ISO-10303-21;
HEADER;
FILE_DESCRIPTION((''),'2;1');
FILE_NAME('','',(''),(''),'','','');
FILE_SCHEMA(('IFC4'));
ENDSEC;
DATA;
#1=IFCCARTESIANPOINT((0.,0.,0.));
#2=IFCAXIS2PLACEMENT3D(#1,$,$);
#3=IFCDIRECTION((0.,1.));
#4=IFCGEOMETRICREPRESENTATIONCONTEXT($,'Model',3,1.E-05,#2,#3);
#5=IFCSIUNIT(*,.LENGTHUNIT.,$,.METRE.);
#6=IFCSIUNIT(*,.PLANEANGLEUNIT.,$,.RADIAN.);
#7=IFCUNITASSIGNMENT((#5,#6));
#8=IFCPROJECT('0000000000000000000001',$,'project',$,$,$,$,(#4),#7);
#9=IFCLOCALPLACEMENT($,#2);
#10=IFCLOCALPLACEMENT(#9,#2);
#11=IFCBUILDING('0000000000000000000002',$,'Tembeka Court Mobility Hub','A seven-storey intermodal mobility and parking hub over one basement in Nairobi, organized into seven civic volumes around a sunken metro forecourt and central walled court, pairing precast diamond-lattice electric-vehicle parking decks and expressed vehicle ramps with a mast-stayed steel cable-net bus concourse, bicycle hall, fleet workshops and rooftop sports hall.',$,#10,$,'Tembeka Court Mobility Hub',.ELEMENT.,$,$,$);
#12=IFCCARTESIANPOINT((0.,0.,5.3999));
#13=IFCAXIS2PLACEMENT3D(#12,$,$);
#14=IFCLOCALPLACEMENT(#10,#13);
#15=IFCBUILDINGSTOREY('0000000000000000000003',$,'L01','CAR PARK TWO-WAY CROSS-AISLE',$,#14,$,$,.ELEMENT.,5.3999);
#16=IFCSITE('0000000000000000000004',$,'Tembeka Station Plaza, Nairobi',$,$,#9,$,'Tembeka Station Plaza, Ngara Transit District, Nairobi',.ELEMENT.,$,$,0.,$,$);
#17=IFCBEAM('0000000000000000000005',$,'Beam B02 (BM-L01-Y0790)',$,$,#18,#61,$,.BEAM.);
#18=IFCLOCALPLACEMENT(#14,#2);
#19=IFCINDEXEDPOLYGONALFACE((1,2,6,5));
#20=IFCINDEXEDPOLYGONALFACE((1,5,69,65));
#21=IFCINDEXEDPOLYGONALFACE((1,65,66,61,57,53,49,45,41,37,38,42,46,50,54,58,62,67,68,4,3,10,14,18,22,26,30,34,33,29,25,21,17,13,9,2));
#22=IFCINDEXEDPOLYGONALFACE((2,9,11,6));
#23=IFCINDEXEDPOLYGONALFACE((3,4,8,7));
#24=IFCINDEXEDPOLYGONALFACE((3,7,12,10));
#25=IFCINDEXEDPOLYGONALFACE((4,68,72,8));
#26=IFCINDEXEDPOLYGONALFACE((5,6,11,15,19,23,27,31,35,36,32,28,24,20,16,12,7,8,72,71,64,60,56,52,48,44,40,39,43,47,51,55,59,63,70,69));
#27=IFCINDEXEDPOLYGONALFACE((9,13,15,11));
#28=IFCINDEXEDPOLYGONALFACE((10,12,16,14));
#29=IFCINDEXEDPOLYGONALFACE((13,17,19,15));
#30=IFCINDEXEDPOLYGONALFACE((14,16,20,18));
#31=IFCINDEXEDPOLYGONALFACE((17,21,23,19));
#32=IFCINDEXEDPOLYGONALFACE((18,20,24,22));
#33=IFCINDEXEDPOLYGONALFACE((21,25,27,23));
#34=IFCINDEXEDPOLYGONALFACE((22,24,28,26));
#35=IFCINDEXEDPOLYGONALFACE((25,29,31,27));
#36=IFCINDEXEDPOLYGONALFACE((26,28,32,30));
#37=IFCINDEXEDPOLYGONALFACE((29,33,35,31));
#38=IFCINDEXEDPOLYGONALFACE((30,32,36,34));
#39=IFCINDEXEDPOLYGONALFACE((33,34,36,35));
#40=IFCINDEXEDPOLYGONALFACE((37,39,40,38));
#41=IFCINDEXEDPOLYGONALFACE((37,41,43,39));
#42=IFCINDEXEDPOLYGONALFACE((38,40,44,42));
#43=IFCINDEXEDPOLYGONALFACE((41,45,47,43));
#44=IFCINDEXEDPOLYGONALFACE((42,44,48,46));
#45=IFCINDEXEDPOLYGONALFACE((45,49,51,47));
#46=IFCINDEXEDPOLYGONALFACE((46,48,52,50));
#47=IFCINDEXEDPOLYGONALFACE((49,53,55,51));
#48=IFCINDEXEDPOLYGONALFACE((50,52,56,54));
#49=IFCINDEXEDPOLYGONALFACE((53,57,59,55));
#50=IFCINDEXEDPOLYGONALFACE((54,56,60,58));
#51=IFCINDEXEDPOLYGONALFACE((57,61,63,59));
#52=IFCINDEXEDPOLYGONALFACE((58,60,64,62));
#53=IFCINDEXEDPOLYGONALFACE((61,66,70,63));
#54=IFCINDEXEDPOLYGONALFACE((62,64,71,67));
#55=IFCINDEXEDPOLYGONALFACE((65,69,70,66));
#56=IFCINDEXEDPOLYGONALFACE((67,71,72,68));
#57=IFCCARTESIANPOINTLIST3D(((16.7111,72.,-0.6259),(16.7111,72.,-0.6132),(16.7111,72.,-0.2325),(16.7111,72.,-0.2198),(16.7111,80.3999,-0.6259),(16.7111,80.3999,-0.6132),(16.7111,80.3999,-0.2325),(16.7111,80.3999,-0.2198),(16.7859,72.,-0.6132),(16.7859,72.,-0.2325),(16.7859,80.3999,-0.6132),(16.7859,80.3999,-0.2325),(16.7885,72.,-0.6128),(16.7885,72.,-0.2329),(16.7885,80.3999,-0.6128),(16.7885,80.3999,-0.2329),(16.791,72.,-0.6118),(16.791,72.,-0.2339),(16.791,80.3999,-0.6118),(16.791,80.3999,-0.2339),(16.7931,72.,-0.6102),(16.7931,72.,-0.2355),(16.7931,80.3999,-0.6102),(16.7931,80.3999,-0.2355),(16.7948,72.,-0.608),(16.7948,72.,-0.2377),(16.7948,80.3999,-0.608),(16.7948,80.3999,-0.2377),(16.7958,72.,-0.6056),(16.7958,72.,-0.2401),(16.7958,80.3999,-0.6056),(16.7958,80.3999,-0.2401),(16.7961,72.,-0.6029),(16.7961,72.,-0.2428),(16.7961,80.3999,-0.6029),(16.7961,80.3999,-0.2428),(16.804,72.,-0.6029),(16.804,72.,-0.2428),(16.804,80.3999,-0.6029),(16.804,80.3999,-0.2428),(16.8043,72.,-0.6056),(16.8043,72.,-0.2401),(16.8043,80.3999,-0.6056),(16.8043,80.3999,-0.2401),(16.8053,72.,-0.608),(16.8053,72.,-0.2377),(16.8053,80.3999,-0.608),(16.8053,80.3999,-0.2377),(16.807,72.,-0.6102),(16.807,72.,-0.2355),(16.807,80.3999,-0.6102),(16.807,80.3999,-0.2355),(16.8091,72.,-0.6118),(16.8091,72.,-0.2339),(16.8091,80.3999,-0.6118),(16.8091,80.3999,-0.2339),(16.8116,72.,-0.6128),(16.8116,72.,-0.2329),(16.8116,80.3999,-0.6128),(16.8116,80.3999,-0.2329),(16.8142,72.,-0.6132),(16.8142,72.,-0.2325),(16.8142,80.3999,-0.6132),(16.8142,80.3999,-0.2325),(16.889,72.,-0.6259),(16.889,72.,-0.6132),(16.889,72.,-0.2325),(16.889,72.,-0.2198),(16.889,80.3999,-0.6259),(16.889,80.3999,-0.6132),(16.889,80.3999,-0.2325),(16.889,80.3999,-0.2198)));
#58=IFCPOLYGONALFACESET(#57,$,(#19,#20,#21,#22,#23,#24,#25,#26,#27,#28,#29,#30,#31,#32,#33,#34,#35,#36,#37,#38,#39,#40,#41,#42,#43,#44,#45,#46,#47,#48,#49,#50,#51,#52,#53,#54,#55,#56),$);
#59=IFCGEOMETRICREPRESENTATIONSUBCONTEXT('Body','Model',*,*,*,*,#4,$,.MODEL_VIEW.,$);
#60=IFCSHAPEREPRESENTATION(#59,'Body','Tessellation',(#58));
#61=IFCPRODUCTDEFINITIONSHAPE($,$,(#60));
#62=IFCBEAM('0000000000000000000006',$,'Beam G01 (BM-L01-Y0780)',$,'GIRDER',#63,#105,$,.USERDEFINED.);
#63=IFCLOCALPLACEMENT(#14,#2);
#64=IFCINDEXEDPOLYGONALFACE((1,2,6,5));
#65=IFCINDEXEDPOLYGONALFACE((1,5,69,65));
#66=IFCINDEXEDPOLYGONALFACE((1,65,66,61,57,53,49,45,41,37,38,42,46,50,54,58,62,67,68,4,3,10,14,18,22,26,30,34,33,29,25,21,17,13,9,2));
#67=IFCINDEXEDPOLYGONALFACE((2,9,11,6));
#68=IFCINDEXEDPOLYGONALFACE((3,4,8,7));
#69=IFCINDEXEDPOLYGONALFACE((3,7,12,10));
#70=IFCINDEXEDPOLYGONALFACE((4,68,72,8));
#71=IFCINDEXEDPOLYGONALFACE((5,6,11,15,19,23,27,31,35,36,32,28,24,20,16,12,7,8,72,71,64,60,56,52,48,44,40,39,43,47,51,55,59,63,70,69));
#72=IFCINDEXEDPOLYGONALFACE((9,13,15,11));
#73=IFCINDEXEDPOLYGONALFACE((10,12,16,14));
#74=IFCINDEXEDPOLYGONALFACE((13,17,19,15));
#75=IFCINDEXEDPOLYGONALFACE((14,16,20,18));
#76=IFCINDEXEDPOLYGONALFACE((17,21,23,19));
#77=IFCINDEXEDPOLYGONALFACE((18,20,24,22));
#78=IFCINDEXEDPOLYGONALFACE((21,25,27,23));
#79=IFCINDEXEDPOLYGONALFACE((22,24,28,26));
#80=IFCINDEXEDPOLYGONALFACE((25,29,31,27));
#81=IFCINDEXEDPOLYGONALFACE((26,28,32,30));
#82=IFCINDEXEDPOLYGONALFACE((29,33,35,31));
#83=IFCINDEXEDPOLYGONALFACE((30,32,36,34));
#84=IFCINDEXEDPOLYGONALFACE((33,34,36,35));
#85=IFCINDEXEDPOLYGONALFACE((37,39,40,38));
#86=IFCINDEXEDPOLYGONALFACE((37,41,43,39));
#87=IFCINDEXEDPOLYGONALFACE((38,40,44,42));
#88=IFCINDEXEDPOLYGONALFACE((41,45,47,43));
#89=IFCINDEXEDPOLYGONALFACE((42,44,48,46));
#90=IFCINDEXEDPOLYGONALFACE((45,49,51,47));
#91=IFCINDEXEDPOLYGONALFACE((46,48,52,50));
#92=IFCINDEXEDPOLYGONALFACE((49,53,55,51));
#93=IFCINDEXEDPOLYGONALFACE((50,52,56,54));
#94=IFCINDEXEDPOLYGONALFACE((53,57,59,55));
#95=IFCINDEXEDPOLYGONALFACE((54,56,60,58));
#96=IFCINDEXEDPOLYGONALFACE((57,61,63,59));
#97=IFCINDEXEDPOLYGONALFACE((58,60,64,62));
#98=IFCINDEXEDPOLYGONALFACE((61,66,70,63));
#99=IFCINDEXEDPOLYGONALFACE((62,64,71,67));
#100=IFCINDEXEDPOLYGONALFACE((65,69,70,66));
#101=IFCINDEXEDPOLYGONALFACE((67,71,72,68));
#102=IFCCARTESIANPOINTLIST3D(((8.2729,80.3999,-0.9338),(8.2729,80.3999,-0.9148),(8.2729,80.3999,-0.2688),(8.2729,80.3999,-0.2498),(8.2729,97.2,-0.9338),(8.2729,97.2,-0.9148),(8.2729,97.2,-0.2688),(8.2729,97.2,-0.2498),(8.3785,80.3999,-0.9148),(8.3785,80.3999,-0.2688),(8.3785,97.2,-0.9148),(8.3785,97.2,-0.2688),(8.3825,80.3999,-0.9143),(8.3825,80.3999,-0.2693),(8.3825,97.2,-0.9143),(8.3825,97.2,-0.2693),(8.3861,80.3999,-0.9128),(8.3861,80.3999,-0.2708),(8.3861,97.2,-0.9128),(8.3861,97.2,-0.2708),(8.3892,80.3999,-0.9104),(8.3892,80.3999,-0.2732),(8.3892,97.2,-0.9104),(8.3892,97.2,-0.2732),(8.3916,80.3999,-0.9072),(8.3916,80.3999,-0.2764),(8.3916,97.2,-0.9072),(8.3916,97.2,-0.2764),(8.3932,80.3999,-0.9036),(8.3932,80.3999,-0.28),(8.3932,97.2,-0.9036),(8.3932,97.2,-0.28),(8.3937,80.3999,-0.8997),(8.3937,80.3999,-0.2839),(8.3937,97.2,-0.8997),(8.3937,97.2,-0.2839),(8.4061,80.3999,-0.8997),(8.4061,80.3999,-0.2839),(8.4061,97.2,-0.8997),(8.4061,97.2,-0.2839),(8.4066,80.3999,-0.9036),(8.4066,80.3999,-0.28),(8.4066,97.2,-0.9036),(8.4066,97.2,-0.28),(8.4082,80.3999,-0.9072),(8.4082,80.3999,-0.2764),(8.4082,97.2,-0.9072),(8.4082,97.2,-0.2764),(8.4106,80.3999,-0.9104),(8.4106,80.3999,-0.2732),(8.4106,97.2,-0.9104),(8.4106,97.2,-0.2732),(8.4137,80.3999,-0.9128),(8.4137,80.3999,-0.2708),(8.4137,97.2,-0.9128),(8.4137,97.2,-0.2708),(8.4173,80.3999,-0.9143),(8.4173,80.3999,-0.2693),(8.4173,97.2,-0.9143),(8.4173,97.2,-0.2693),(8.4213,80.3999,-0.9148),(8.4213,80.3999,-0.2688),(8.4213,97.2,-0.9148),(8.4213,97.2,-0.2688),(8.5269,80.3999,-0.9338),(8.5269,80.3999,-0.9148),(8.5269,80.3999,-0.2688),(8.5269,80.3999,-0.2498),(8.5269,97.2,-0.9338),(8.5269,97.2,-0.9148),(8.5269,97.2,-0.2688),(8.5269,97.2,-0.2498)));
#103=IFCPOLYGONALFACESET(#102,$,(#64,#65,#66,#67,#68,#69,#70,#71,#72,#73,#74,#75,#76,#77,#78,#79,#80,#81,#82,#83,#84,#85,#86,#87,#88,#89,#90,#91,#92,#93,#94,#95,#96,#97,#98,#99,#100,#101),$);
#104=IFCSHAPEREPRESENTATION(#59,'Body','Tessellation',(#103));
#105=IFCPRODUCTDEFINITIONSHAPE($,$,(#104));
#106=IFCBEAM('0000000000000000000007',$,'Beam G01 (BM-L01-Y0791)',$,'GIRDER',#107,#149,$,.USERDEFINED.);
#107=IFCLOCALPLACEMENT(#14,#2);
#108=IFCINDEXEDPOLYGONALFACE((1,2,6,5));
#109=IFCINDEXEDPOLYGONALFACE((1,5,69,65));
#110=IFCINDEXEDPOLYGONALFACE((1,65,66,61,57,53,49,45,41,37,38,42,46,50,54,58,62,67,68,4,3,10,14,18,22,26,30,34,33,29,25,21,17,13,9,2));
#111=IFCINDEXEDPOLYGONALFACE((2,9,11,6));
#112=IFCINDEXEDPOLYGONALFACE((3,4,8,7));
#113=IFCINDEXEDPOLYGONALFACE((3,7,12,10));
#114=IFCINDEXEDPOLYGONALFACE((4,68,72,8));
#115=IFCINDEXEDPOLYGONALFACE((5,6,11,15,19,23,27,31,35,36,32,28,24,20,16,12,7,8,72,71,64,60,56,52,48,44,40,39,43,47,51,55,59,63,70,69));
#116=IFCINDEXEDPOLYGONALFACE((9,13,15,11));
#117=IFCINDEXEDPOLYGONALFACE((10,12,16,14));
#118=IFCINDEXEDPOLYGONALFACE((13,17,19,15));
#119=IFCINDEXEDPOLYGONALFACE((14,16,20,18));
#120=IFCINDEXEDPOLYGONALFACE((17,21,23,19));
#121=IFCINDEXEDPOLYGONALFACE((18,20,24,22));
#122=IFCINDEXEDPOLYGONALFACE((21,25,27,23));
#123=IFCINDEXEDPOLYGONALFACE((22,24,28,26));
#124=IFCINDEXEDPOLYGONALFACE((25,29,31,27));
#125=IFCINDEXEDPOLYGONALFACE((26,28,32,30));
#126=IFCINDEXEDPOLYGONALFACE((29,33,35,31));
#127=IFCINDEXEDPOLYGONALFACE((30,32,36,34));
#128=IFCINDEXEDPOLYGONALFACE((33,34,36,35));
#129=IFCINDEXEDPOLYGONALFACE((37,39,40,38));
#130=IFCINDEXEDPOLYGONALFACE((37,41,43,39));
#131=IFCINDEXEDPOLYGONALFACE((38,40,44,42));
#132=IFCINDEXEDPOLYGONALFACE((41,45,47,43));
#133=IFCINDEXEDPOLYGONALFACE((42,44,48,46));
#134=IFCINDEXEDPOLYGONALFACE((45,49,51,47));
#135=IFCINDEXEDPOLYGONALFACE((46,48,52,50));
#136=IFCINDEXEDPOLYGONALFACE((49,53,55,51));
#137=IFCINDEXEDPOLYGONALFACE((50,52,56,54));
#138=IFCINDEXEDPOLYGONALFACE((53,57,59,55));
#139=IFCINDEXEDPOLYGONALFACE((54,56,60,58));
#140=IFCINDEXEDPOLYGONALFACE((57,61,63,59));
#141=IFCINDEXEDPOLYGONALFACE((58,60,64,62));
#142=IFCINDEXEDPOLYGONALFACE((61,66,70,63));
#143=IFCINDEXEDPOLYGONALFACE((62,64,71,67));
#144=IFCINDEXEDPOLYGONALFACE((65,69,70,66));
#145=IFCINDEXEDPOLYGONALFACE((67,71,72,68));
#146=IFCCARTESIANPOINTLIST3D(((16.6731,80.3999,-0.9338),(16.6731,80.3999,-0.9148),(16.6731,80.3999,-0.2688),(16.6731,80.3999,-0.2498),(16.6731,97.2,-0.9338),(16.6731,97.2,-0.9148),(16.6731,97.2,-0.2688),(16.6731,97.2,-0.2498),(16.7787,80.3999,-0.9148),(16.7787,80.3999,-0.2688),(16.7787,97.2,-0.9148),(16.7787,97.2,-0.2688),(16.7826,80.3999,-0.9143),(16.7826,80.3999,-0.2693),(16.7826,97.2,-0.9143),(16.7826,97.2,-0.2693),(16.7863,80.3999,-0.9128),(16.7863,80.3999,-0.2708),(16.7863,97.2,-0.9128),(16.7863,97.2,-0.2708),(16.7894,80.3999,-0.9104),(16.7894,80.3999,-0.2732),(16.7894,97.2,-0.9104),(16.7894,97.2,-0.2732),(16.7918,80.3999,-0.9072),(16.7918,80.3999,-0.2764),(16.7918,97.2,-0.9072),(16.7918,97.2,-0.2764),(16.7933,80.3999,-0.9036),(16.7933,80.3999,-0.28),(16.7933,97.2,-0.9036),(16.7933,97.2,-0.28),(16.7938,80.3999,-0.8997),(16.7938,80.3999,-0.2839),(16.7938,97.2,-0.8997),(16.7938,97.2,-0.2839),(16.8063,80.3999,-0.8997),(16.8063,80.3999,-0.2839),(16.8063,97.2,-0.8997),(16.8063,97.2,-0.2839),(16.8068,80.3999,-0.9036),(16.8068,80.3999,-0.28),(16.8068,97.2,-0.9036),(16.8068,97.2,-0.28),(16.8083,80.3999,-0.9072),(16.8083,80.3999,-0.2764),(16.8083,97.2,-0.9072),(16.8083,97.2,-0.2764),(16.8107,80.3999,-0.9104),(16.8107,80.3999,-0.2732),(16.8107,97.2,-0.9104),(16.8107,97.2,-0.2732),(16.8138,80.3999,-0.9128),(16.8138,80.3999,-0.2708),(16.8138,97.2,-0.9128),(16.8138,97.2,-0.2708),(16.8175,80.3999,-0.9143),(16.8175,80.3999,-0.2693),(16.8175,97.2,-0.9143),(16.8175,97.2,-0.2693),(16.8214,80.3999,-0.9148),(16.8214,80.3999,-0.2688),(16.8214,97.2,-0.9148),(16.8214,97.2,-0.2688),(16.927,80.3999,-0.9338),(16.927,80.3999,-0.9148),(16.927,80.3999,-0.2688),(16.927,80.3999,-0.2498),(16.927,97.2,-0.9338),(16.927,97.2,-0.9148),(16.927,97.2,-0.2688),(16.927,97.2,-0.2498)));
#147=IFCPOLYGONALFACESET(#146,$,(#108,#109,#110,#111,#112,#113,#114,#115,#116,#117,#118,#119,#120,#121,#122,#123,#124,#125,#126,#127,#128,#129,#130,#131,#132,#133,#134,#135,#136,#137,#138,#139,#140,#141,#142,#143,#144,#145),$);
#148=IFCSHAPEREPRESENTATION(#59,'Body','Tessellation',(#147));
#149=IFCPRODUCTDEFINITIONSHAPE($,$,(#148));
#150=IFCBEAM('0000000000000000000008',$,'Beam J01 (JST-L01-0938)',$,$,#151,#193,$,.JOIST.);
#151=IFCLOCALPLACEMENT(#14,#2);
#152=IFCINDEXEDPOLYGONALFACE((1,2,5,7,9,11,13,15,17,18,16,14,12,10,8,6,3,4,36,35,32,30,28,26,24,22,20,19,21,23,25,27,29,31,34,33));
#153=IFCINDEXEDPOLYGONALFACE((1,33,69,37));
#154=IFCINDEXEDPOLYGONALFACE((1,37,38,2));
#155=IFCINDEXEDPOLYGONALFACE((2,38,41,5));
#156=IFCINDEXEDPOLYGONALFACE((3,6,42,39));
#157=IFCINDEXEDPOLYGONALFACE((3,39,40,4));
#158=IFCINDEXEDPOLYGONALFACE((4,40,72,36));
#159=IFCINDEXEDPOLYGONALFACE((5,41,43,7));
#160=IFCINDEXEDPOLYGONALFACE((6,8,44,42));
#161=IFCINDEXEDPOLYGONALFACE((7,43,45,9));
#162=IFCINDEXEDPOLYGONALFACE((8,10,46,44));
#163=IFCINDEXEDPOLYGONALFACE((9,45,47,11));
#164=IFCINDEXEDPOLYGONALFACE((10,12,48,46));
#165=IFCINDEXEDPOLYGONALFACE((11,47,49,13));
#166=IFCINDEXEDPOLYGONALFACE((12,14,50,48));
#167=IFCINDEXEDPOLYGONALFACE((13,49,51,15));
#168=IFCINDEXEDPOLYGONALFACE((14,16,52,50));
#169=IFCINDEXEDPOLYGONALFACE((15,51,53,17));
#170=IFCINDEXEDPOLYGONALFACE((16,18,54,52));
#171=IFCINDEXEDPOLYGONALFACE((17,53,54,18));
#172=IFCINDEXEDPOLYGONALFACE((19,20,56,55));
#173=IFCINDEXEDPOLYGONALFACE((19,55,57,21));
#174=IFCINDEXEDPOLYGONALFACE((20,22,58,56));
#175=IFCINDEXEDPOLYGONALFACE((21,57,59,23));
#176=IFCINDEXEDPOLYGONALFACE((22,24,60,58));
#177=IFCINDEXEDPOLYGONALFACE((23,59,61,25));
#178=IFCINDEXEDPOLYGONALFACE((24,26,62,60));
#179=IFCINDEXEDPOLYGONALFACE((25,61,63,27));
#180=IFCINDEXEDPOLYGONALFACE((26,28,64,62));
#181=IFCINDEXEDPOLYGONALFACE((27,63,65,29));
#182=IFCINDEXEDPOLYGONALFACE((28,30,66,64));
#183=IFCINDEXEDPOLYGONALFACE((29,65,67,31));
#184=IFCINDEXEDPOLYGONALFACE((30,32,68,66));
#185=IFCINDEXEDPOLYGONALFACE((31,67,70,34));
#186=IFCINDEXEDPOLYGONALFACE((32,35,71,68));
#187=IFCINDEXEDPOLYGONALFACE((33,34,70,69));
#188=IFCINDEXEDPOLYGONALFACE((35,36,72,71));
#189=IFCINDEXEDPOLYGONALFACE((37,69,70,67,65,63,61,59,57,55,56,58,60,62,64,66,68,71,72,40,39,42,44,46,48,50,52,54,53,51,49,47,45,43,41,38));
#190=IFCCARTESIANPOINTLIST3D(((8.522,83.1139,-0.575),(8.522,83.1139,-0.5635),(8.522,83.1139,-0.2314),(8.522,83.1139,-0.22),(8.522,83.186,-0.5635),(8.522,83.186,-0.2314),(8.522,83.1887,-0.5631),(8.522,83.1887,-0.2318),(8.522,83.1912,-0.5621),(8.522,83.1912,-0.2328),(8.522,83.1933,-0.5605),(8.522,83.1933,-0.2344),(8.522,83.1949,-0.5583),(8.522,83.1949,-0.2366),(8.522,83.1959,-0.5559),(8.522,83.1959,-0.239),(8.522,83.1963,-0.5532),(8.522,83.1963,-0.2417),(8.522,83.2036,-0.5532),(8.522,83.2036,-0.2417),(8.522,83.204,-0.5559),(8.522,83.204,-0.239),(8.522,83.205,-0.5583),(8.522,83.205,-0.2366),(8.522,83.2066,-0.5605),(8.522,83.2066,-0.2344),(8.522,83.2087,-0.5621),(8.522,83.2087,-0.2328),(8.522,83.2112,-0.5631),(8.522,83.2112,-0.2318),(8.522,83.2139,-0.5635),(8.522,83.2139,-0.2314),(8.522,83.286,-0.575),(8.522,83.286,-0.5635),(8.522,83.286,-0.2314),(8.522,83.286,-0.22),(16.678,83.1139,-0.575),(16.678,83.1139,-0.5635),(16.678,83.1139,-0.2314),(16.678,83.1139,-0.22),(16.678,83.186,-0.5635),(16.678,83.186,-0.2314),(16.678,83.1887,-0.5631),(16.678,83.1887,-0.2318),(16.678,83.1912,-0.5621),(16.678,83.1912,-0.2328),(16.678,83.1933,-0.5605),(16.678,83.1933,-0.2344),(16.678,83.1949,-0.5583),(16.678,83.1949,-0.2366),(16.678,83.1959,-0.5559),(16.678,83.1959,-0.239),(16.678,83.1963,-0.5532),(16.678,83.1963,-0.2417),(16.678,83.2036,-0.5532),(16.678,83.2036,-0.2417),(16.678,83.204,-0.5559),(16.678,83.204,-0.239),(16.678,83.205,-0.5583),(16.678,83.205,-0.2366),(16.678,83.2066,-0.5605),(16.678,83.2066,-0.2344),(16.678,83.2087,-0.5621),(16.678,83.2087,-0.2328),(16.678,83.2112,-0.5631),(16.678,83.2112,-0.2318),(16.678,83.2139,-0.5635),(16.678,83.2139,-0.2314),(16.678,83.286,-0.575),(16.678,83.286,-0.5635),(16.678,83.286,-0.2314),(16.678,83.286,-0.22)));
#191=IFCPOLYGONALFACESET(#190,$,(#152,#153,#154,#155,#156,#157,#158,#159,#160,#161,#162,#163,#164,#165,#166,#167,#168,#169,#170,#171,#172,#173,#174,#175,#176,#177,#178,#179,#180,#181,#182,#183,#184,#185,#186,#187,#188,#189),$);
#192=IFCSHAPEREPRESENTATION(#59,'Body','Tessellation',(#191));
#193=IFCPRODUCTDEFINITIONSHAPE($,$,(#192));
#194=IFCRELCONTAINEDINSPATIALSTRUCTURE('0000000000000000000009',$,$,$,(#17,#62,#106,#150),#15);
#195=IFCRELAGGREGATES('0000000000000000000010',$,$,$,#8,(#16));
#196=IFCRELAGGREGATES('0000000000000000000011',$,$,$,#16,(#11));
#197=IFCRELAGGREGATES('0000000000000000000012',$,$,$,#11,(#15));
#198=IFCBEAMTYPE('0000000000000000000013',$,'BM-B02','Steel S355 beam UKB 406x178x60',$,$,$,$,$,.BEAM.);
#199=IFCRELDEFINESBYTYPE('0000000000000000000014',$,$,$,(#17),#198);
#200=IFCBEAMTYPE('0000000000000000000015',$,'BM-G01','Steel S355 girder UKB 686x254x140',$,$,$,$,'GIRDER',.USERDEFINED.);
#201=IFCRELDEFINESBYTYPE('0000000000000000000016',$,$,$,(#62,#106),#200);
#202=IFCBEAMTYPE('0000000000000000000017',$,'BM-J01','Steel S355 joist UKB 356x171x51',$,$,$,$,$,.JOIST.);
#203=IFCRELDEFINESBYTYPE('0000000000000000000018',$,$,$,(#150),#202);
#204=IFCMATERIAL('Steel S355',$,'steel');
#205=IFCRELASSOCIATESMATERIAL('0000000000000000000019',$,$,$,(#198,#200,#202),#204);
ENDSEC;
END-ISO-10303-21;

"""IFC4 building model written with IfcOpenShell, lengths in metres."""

from ifc_helpers import new_model, si_unit, direction, frame, origin, origin_2d, place, context, subcontext, project, spatial, i_section, extrude, material, material_profile, profile_set, type_object, element, save


model = new_model("IFC4")

# Units and contexts
model_context = context("Model", 3, precision=1e-05, world=origin(), true_north=direction((0.0, 1.0)))
body_context = subcontext(model_context, "Body", "Model", "MODEL_VIEW")
ifc_project = project(units=[si_unit("LENGTHUNIT", "METRE"), si_unit("PLANEANGLEUNIT", "RADIAN")], contexts=[model_context])

# Site, building, storey
site_placement = place(None, origin())
site = spatial("IfcSite", under=ifc_project, at=site_placement, Name="Tembeka Station Plaza, Nairobi", LongName="Tembeka Station Plaza, Ngara Transit District, Nairobi", CompositionType="ELEMENT", RefElevation=0.0)
building_placement = place(site_placement, origin())
building = spatial("IfcBuilding", under=site, at=building_placement, Name="Tembeka Court Mobility Hub", Description="A seven-storey intermodal mobility and parking hub over one basement in Nairobi, organized into seven civic volumes around a sunken metro forecourt and central walled court, pairing precast diamond-lattice electric-vehicle parking decks and expressed vehicle ramps with a mast-stayed steel cable-net bus concourse, bicycle hall, fleet workshops and rooftop sports hall.", LongName="Tembeka Court Mobility Hub", CompositionType="ELEMENT")
storey_placement = place(building_placement, frame((0.0, 0.0, 5.3999)))
storey = spatial("IfcBuildingStorey", under=building, at=storey_placement, Name="L01", Description="CAR PARK TWO-WAY CROSS-AISLE", CompositionType="ELEMENT", Elevation=5.3999)

# Shared definitions
ifc_material_1 = material(Name="Steel S355", Category="steel")

# Beams
ifc_material_profile_1 = material_profile(ifc_material_1, i_section(OverallWidth=0.178, OverallDepth=0.406, WebThickness=0.0078, FlangeThickness=0.0127, FilletRadius=0.0103, at=origin_2d()), Name="UKB 406x178x60")
ifc_profile_set_1 = profile_set([ifc_material_profile_1], Name="Steel S355")
beam_type_1 = type_object("IfcBeamType", Name="BM-B02", Description="Steel S355 beam UKB 406x178x60", PredefinedType="BEAM", material=ifc_profile_set_1)
for number, where, z_axis, x_axis, name in (
    (1, (16.8, 72.0, -0.4229), (0.0, 1.0, 0.0), (-1.0, 0.0, 0.0), "Beam B02 (BM-L01-Y0790)"),
):
    element("IfcBeam", number, at=place(storey_placement, frame(where, z_axis=z_axis, x_axis=x_axis)), inside=storey, type_object=beam_type_1, Name=name, PredefinedType="BEAM", context=body_context, shape_type="SweptSolid", body=[
        extrude(i_section(OverallWidth=0.178, OverallDepth=0.406, WebThickness=0.0078, FlangeThickness=0.0127, FilletRadius=0.0103, at=origin_2d()), origin(), (0.0, 0.0, 1.0), 8.3999),
    ])
ifc_material_profile_2 = material_profile(ifc_material_1, i_section(OverallWidth=0.2539, OverallDepth=0.6841, WebThickness=0.0125, FlangeThickness=0.019, FilletRadius=0.0151, at=origin_2d()), Name="UKB 686x254x140")
ifc_profile_set_2 = profile_set([ifc_material_profile_2], Name="Steel S355")
beam_type_2 = type_object("IfcBeamType", Name="BM-G01", Description="Steel S355 girder UKB 686x254x140", ElementType="GIRDER", PredefinedType="USERDEFINED", material=ifc_profile_set_2)
for number, where, z_axis, x_axis, name in (
    (2, (8.3999, 80.3999, -0.5918), (0.0, 1.0, 0.0), (-1.0, 0.0, 0.0), "Beam G01 (BM-L01-Y0780)"),
    (3, (16.8, 80.3999, -0.5918), (0.0, 1.0, 0.0), (-1.0, 0.0, 0.0), "Beam G01 (BM-L01-Y0791)"),
):
    element("IfcBeam", number, at=place(storey_placement, frame(where, z_axis=z_axis, x_axis=x_axis)), inside=storey, type_object=beam_type_2, Name=name, ObjectType="GIRDER", PredefinedType="USERDEFINED", context=body_context, shape_type="SweptSolid", body=[
        extrude(i_section(OverallWidth=0.2539, OverallDepth=0.6841, WebThickness=0.0125, FlangeThickness=0.019, FilletRadius=0.0151, at=origin_2d()), origin(), (0.0, 0.0, 1.0), 16.8),
    ])
ifc_material_profile_3 = material_profile(ifc_material_1, i_section(OverallWidth=0.1721, OverallDepth=0.355, WebThickness=0.0073, FlangeThickness=0.0115, FilletRadius=0.0103, at=origin_2d()), Name="UKB 356x171x51")
ifc_profile_set_3 = profile_set([ifc_material_profile_3], Name="Steel S355")
beam_type_3 = type_object("IfcBeamType", Name="BM-J01", Description="Steel S355 joist UKB 356x171x51", PredefinedType="JOIST", material=ifc_profile_set_3)
for number, where, z_axis, x_axis, name in (
    (4, (8.522, 83.2, -0.3975), (1.0, 0.0, 0.0), (0.0, 1.0, 0.0), "Beam J01 (JST-L01-0938)"),
):
    element("IfcBeam", number, at=place(storey_placement, frame(where, z_axis=z_axis, x_axis=x_axis)), inside=storey, type_object=beam_type_3, Name=name, PredefinedType="JOIST", context=body_context, shape_type="SweptSolid", body=[
        extrude(i_section(OverallWidth=0.1721, OverallDepth=0.355, WebThickness=0.0073, FlangeThickness=0.0115, FilletRadius=0.0103, at=origin_2d()), origin(), (0.0, 0.0, 1.0), 8.156),
    ])

save(model, "model.ifc")
